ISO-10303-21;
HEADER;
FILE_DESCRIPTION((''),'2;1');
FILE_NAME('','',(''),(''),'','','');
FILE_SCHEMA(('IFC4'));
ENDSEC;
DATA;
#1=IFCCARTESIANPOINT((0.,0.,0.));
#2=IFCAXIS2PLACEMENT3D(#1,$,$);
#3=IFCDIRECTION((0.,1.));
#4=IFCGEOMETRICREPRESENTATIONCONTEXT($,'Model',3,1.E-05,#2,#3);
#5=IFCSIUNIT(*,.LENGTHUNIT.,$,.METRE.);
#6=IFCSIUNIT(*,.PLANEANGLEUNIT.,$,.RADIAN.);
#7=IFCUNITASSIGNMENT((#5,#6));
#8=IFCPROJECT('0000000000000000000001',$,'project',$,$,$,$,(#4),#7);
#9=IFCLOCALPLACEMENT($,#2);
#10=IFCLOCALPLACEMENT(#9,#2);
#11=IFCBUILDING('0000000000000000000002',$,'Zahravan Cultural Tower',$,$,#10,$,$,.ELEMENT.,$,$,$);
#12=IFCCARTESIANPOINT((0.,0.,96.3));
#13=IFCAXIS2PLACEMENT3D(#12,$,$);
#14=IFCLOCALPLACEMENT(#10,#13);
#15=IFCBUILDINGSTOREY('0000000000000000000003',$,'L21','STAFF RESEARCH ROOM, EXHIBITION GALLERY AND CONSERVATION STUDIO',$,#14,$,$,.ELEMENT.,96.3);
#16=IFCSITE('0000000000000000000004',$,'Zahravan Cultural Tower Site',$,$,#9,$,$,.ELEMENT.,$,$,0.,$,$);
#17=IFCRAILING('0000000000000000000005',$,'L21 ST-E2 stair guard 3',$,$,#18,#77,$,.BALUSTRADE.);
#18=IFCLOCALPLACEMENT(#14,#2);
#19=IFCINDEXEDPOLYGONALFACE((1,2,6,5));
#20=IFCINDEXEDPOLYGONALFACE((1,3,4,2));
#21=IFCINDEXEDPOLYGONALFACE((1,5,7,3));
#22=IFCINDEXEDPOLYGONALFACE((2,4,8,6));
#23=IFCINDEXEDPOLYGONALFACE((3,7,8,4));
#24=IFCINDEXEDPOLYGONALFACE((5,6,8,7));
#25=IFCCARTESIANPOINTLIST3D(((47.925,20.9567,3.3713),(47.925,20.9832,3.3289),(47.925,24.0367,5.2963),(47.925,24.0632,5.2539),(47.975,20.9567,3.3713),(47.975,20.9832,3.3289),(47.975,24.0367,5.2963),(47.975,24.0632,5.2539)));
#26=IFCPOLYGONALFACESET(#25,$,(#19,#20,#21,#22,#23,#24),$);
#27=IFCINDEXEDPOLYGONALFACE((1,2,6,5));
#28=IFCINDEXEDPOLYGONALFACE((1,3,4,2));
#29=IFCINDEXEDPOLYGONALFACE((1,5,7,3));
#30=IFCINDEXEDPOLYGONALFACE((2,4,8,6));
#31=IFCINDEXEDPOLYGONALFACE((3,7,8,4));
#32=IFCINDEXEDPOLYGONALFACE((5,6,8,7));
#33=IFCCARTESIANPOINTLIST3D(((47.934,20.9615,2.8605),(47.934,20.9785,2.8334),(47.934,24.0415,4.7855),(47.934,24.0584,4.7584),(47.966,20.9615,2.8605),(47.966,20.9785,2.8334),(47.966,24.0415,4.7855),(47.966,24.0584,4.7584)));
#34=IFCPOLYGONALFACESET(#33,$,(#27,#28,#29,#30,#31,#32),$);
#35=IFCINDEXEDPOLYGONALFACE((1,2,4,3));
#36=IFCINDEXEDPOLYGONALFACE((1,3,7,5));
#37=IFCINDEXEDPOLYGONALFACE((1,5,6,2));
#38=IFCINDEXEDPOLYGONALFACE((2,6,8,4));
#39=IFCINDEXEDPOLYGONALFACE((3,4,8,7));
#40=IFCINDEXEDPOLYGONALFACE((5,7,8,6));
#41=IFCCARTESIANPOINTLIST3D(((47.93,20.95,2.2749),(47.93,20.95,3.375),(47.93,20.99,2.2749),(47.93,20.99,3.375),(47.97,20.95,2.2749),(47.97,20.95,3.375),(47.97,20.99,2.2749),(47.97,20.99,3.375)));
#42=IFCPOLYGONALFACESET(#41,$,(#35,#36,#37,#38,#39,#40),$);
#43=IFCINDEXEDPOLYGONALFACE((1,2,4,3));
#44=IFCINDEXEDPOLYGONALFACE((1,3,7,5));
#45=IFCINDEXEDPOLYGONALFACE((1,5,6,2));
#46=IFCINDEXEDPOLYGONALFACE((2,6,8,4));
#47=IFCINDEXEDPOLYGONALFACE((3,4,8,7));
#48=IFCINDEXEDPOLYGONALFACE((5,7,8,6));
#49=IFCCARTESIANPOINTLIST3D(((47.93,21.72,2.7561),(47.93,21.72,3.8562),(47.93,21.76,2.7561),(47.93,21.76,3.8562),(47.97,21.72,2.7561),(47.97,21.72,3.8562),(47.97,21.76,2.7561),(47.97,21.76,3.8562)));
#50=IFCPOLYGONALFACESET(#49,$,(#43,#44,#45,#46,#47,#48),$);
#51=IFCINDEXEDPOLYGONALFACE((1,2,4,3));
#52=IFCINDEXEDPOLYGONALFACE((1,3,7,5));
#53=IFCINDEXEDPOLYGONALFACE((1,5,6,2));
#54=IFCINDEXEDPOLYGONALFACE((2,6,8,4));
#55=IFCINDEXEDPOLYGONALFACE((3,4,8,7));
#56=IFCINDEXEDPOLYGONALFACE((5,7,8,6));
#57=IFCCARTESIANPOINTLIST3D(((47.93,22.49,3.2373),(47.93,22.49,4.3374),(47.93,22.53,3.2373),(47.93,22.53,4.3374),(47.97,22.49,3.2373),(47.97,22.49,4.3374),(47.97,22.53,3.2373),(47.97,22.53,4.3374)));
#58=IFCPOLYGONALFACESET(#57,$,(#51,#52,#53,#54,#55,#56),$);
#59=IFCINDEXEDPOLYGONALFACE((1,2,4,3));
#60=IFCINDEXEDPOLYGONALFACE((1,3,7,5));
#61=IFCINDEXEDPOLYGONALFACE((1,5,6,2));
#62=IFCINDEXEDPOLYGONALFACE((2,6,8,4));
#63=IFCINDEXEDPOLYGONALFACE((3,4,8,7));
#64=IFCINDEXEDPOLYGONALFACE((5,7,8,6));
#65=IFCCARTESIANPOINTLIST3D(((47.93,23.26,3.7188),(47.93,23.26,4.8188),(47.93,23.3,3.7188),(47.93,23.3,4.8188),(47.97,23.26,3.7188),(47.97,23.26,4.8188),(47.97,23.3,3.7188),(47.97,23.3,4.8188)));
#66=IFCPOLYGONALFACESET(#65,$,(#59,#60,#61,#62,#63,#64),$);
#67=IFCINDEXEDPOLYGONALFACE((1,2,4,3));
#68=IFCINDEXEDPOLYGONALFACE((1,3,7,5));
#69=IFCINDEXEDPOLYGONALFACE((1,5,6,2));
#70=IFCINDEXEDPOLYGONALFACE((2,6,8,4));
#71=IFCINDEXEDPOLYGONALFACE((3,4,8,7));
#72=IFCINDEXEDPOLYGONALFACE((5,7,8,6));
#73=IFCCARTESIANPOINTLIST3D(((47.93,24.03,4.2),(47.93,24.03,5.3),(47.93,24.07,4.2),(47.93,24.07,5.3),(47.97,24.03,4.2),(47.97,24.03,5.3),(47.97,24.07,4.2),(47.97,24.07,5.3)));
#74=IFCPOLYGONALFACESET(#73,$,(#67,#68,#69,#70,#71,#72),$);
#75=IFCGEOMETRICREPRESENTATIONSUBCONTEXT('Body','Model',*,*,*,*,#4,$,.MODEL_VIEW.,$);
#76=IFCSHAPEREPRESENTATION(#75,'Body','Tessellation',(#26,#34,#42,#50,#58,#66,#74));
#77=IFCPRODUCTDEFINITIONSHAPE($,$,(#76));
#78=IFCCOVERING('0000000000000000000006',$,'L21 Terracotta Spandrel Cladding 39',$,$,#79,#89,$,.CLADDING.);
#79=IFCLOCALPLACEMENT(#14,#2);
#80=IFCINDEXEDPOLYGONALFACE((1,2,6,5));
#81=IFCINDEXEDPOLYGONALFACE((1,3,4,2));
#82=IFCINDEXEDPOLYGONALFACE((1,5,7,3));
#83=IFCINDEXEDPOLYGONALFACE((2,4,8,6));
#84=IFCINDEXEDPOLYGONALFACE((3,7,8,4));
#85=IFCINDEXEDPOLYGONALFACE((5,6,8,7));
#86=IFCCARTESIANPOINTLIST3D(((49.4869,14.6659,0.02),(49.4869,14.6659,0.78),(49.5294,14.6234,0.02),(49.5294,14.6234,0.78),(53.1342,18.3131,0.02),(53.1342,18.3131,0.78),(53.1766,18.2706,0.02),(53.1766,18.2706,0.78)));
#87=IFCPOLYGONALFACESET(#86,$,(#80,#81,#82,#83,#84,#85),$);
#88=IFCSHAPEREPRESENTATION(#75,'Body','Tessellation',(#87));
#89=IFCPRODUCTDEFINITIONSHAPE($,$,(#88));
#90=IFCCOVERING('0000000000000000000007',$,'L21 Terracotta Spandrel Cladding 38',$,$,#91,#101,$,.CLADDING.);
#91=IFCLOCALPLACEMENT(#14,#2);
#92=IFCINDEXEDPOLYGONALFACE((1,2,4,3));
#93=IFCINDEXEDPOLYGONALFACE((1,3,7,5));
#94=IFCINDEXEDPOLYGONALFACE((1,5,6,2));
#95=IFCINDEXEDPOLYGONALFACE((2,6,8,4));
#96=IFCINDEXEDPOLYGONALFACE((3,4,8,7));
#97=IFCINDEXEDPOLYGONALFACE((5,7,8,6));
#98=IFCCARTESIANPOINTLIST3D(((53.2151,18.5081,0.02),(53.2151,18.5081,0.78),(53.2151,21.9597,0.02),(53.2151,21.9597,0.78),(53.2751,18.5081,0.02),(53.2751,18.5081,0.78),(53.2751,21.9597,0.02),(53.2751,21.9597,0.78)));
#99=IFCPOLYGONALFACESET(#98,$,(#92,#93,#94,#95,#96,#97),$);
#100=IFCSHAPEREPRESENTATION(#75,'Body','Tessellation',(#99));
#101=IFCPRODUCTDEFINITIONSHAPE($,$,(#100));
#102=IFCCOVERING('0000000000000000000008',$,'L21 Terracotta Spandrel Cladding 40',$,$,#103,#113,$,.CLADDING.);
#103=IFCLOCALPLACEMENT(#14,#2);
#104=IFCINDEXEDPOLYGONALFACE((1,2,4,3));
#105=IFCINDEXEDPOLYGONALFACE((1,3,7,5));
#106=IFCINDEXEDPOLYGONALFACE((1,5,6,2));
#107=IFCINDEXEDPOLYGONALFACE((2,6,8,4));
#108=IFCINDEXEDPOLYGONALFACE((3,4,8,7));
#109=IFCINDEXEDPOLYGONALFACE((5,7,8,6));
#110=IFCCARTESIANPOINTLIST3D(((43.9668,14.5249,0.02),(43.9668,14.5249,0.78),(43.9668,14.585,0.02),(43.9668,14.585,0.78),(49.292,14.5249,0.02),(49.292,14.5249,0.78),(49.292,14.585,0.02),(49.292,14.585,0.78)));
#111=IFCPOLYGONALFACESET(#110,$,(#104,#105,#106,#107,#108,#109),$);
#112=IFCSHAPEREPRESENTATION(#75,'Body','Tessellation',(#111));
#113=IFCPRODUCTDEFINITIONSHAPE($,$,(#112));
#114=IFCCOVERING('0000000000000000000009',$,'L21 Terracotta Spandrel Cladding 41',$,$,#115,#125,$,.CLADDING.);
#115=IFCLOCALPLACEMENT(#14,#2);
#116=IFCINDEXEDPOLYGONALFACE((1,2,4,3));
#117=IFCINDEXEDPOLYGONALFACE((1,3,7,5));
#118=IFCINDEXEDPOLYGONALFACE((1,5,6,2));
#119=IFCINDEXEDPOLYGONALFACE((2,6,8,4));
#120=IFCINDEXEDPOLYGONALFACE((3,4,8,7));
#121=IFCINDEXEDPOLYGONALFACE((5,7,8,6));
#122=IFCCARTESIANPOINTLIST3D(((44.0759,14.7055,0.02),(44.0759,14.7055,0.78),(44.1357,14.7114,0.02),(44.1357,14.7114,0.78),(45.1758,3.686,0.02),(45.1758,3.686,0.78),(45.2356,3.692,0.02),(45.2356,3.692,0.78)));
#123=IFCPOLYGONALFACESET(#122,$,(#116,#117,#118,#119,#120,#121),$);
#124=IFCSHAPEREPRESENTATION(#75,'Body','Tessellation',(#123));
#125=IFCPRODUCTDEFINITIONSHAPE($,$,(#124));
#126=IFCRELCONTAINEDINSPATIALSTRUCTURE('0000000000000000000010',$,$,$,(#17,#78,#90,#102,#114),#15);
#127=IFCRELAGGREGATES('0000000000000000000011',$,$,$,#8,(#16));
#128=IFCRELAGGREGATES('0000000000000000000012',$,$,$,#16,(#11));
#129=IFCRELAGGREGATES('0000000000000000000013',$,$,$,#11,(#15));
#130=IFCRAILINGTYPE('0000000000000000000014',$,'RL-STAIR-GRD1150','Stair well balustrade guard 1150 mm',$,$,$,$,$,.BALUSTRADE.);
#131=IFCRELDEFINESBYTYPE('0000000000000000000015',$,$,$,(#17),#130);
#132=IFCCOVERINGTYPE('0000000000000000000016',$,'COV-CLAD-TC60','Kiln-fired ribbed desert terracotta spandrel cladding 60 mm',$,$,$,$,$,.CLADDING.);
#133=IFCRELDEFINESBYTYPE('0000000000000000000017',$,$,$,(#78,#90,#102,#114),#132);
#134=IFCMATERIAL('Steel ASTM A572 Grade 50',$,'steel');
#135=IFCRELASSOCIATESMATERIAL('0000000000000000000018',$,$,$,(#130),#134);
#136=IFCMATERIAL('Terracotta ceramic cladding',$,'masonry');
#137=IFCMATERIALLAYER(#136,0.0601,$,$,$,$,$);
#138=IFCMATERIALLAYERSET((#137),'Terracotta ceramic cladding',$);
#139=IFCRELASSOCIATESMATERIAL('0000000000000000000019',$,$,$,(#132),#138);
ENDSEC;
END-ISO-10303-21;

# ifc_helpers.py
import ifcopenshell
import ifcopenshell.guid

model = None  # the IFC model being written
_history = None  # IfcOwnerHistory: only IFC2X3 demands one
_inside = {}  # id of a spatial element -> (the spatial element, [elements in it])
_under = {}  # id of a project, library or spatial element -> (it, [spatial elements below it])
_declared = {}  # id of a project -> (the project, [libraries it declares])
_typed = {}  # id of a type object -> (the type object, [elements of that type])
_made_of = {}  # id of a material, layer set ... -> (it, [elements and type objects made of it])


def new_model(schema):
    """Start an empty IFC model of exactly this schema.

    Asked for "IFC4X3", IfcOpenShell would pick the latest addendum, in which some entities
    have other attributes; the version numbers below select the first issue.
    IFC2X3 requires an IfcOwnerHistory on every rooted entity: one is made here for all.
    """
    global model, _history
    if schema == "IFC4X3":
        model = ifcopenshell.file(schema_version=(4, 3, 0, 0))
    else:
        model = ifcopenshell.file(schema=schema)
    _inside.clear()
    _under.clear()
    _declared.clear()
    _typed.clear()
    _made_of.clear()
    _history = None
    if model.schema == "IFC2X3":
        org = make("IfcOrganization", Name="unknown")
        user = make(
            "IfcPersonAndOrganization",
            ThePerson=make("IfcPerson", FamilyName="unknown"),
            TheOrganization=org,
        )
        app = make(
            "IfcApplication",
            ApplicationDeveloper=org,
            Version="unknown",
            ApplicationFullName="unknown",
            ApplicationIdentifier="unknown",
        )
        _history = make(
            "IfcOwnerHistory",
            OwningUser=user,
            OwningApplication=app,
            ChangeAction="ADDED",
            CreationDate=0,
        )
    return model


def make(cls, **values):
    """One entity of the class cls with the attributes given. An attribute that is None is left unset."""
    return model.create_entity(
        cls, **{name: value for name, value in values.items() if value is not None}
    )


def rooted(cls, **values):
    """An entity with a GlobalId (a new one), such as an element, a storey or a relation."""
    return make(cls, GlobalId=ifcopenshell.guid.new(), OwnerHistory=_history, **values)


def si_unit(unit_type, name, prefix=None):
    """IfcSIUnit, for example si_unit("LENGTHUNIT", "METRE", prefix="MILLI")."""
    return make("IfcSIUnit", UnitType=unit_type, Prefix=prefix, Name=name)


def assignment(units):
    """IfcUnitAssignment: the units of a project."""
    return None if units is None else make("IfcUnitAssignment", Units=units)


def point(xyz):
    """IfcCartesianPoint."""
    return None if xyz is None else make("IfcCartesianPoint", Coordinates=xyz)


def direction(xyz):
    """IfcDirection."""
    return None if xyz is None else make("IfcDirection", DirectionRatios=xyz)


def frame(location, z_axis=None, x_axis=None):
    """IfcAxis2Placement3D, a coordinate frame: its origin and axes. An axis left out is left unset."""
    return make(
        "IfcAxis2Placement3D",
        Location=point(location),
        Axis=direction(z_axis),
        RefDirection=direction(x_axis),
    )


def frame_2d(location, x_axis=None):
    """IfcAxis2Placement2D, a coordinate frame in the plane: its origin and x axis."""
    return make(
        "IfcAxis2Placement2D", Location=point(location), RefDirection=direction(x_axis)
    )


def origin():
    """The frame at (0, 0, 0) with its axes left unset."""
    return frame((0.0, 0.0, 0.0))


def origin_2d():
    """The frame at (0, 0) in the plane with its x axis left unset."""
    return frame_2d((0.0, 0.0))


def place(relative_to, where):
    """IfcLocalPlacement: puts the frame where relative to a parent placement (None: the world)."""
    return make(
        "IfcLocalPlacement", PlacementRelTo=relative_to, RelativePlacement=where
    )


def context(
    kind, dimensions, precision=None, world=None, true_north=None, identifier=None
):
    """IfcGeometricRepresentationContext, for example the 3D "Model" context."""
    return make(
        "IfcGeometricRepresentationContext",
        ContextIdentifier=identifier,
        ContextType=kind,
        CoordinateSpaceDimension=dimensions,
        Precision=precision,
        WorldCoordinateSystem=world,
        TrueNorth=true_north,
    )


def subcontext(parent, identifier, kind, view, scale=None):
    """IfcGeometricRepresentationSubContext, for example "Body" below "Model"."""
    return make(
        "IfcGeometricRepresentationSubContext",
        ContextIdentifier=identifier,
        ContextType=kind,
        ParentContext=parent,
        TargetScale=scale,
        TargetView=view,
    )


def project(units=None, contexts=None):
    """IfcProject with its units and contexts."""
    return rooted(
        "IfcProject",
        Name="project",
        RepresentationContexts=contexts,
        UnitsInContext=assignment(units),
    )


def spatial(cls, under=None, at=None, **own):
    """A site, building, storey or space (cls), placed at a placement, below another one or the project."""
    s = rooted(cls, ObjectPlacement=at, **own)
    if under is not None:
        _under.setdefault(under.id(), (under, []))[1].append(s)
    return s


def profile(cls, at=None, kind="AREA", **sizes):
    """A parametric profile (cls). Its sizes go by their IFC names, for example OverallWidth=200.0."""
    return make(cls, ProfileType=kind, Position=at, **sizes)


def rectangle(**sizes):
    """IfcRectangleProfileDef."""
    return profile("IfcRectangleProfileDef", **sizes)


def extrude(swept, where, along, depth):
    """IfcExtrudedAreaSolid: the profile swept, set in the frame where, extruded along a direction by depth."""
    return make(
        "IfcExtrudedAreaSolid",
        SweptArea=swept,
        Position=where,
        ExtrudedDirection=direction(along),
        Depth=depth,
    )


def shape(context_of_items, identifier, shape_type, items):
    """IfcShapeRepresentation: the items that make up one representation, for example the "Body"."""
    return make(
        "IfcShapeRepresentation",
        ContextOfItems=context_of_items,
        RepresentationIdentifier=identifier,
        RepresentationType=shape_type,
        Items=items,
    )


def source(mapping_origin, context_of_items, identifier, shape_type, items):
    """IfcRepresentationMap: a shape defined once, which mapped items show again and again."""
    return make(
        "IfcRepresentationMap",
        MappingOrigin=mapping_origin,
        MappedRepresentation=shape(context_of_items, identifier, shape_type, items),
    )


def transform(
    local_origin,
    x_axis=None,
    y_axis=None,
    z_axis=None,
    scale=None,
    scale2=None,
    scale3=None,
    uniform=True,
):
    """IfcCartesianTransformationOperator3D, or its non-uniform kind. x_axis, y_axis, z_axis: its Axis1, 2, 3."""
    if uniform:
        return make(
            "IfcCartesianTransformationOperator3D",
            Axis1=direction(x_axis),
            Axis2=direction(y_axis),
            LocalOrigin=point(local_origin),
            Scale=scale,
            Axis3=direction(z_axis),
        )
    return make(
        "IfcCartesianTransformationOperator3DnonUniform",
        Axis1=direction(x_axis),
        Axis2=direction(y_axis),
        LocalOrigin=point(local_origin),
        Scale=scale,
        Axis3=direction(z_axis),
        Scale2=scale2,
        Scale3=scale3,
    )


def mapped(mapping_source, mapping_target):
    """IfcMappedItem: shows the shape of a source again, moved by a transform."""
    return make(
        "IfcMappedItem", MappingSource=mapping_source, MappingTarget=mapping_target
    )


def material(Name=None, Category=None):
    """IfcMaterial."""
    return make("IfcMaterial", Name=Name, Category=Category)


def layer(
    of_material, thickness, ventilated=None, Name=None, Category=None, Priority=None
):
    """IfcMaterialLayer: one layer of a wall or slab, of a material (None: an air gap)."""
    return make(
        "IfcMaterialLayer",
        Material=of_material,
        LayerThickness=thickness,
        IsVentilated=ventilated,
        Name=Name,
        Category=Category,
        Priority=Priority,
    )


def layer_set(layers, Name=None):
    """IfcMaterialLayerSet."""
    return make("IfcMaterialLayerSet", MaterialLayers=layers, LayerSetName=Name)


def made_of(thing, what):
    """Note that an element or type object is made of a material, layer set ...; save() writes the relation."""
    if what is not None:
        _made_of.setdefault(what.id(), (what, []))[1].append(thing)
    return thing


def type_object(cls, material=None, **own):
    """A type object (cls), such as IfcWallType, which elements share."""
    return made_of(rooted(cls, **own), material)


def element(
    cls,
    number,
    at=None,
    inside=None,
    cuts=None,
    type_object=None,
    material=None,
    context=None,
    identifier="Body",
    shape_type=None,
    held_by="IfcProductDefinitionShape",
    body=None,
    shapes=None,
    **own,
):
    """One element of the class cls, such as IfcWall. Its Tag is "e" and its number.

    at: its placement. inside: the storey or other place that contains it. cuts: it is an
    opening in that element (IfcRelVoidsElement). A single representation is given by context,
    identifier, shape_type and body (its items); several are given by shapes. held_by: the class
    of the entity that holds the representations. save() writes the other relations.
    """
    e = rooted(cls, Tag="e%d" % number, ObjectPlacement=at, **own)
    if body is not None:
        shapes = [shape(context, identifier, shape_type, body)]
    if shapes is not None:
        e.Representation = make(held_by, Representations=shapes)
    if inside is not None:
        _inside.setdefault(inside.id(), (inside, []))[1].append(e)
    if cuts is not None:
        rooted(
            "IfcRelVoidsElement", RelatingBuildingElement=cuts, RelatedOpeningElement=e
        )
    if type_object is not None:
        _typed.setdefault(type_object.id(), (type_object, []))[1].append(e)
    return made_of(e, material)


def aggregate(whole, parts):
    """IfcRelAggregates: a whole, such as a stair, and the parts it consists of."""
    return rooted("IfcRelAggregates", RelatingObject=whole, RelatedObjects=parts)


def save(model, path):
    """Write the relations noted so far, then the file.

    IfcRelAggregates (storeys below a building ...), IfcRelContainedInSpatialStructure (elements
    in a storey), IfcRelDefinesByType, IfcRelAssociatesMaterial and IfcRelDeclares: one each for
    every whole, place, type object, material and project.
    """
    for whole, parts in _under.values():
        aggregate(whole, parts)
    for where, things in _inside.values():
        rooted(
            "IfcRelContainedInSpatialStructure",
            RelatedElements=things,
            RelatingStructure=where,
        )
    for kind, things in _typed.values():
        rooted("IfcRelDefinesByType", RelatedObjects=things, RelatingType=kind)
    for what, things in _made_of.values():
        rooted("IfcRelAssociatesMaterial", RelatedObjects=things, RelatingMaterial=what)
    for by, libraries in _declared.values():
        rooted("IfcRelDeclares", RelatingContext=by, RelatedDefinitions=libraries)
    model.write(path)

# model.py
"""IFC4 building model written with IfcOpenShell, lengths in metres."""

from ifc_helpers import new_model, si_unit, direction, frame, origin, origin_2d, place, context, subcontext, project, spatial, rectangle, extrude, source, transform, mapped, material, layer, layer_set, type_object, element, save


model = new_model("IFC4")

# Units and contexts
model_context = context("Model", 3, precision=1e-05, world=origin(), true_north=direction((0.0, 1.0)))
body_context = subcontext(model_context, "Body", "Model", "MODEL_VIEW")
ifc_project = project(units=[si_unit("LENGTHUNIT", "METRE"), si_unit("PLANEANGLEUNIT", "RADIAN")], contexts=[model_context])

# Site, building, storey
site_placement = place(None, origin())
site = spatial("IfcSite", under=ifc_project, at=site_placement, Name="Zahravan Cultural Tower Site", CompositionType="ELEMENT", RefElevation=0.0)
building_placement = place(site_placement, origin())
building = spatial("IfcBuilding", under=site, at=building_placement, Name="Zahravan Cultural Tower", CompositionType="ELEMENT")
storey_placement = place(building_placement, frame((0.0, 0.0, 96.3)))
storey = spatial("IfcBuildingStorey", under=building, at=storey_placement, Name="L21", Description="STAFF RESEARCH ROOM, EXHIBITION GALLERY AND CONSERVATION STUDIO", CompositionType="ELEMENT", Elevation=96.3)

# Shared definitions
ifc_material_1 = material(Name="Steel ASTM A572 Grade 50", Category="steel")

# Railing
railing_type = type_object("IfcRailingType", Name="RL-STAIR-GRD1150", Description="Stair well balustrade guard 1150 mm", PredefinedType="BALUSTRADE", material=ifc_material_1)
railing_1_placement = place(storey_placement, frame((47.95, 20.97, 2.2749)))
element("IfcRailing", 1, at=railing_1_placement, inside=storey, type_object=railing_type, Name="L21 ST-E2 stair guard 3", PredefinedType="BALUSTRADE", context=body_context, shape_type="SweptSolid", body=[
    extrude(rectangle(XDim=0.05, YDim=0.05, at=origin_2d()), frame((0.0, 0.0, 1.0752), z_axis=(0.0, 0.847998, 0.529999), x_axis=(-1.0, 0.0, 0.0)), (0.0, 0.0, 1.0), 3.6321),
    extrude(rectangle(XDim=0.032, YDim=0.032, at=origin_2d()), frame((0.0, 0.0, 0.572), z_axis=(0.0, 0.847998, 0.529999), x_axis=(-1.0, 0.0, 0.0)), (0.0, 0.0, 1.0), 3.6321),
    extrude(rectangle(XDim=0.04, YDim=0.04, at=origin_2d()), origin(), (0.0, 0.0, 1.0), 1.1001),
    extrude(rectangle(XDim=0.04, YDim=0.04, at=origin_2d()), frame((0.0, 0.77, 0.4812)), (0.0, 0.0, 1.0), 1.1001),
    extrude(rectangle(XDim=0.04, YDim=0.04, at=origin_2d()), frame((0.0, 1.54, 0.9624)), (0.0, 0.0, 1.0), 1.1001),
    extrude(rectangle(XDim=0.04, YDim=0.04, at=origin_2d()), frame((0.0, 2.3101, 1.4438)), (0.0, 0.0, 1.0), 1.1001),
    extrude(rectangle(XDim=0.04, YDim=0.04, at=origin_2d()), frame((0.0, 3.0801, 1.925)), (0.0, 0.0, 1.0), 1.1001),
])

# Coverings
ifc_material_2 = material(Name="Terracotta ceramic cladding", Category="masonry")
ifc_layer_1 = layer(ifc_material_2, 0.0601)
ifc_layer_set_1 = layer_set([ifc_layer_1], Name="Terracotta ceramic cladding")
covering_type = type_object("IfcCoveringType", Name="COV-CLAD-TC60", Description="Kiln-fired ribbed desert terracotta spandrel cladding 60 mm", PredefinedType="CLADDING", material=ifc_layer_set_1)
shared_shape_1 = source(origin(), body_context, "Body", "SweptSolid", [
    extrude(rectangle(XDim=5.158, YDim=0.0601, at=origin_2d()), origin(), (0.0, 0.0, 1.0), 0.76),
])
covering_1_placement = place(storey_placement, frame((51.3318, 16.4683, 0.02), z_axis=(0.0, 0.0, 1.0), x_axis=(-0.707107, -0.707107, 0.0)))
element("IfcCovering", 2, at=covering_1_placement, inside=storey, type_object=covering_type, Name="L21 Terracotta Spandrel Cladding 39", PredefinedType="CLADDING", context=body_context, shape_type="MappedRepresentation", body=[
    mapped(shared_shape_1, transform((0.0, 0.0, 0.0), x_axis=(1.0, 0.0, 0.0), y_axis=(0.0, 1.0, 0.0), z_axis=(0.0, 0.0, 1.0), scale=1.0)),
])
shared_shape_2 = source(origin(), body_context, "Body", "SweptSolid", [
    extrude(rectangle(XDim=3.4517, YDim=0.0601, at=origin_2d()), origin(), (0.0, 0.0, 1.0), 0.76),
])
covering_2_placement = place(storey_placement, frame((53.2451, 20.2339, 0.02), z_axis=(0.0, 0.0, 1.0), x_axis=(0.0, -1.0, 0.0)))
element("IfcCovering", 3, at=covering_2_placement, inside=storey, type_object=covering_type, Name="L21 Terracotta Spandrel Cladding 38", PredefinedType="CLADDING", context=body_context, shape_type="MappedRepresentation", body=[
    mapped(shared_shape_2, transform((0.0, 0.0, 0.0), x_axis=(1.0, 0.0, 0.0), y_axis=(0.0, 1.0, 0.0), z_axis=(0.0, 0.0, 1.0), scale=1.0)),
])
shared_shape_3 = source(origin(), body_context, "Body", "SweptSolid", [
    extrude(rectangle(XDim=5.3252, YDim=0.0601, at=origin_2d()), origin(), (0.0, 0.0, 1.0), 0.76),
])
covering_3_placement = place(storey_placement, frame((46.6294, 14.5549, 0.02), z_axis=(0.0, 0.0, 1.0), x_axis=(-1.0, 0.0, 0.0)))
element("IfcCovering", 4, at=covering_3_placement, inside=storey, type_object=covering_type, Name="L21 Terracotta Spandrel Cladding 40", PredefinedType="CLADDING", context=body_context, shape_type="MappedRepresentation", body=[
    mapped(shared_shape_3, transform((0.0, 0.0, 0.0), x_axis=(1.0, 0.0, 0.0), y_axis=(0.0, 1.0, 0.0), z_axis=(0.0, 0.0, 1.0), scale=1.0)),
])
shared_shape_4 = source(origin(), body_context, "Body", "SweptSolid", [
    extrude(rectangle(XDim=11.0742, YDim=0.0601, at=origin_2d()), origin(), (0.0, 0.0, 1.0), 0.76),
])
covering_4_placement = place(storey_placement, frame((44.6558, 9.1987, 0.02), z_axis=(0.0, 0.0, 1.0), x_axis=(0.09932, -0.995056, 0.0)))
element("IfcCovering", 5, at=covering_4_placement, inside=storey, type_object=covering_type, Name="L21 Terracotta Spandrel Cladding 41", PredefinedType="CLADDING", context=body_context, shape_type="MappedRepresentation", body=[
    mapped(shared_shape_4, transform((0.0, 0.0, 0.0), x_axis=(1.0, 0.0, 0.0), y_axis=(0.0, 1.0, 0.0), z_axis=(0.0, 0.0, 1.0), scale=1.0)),
])

save(model, "model.ifc")
